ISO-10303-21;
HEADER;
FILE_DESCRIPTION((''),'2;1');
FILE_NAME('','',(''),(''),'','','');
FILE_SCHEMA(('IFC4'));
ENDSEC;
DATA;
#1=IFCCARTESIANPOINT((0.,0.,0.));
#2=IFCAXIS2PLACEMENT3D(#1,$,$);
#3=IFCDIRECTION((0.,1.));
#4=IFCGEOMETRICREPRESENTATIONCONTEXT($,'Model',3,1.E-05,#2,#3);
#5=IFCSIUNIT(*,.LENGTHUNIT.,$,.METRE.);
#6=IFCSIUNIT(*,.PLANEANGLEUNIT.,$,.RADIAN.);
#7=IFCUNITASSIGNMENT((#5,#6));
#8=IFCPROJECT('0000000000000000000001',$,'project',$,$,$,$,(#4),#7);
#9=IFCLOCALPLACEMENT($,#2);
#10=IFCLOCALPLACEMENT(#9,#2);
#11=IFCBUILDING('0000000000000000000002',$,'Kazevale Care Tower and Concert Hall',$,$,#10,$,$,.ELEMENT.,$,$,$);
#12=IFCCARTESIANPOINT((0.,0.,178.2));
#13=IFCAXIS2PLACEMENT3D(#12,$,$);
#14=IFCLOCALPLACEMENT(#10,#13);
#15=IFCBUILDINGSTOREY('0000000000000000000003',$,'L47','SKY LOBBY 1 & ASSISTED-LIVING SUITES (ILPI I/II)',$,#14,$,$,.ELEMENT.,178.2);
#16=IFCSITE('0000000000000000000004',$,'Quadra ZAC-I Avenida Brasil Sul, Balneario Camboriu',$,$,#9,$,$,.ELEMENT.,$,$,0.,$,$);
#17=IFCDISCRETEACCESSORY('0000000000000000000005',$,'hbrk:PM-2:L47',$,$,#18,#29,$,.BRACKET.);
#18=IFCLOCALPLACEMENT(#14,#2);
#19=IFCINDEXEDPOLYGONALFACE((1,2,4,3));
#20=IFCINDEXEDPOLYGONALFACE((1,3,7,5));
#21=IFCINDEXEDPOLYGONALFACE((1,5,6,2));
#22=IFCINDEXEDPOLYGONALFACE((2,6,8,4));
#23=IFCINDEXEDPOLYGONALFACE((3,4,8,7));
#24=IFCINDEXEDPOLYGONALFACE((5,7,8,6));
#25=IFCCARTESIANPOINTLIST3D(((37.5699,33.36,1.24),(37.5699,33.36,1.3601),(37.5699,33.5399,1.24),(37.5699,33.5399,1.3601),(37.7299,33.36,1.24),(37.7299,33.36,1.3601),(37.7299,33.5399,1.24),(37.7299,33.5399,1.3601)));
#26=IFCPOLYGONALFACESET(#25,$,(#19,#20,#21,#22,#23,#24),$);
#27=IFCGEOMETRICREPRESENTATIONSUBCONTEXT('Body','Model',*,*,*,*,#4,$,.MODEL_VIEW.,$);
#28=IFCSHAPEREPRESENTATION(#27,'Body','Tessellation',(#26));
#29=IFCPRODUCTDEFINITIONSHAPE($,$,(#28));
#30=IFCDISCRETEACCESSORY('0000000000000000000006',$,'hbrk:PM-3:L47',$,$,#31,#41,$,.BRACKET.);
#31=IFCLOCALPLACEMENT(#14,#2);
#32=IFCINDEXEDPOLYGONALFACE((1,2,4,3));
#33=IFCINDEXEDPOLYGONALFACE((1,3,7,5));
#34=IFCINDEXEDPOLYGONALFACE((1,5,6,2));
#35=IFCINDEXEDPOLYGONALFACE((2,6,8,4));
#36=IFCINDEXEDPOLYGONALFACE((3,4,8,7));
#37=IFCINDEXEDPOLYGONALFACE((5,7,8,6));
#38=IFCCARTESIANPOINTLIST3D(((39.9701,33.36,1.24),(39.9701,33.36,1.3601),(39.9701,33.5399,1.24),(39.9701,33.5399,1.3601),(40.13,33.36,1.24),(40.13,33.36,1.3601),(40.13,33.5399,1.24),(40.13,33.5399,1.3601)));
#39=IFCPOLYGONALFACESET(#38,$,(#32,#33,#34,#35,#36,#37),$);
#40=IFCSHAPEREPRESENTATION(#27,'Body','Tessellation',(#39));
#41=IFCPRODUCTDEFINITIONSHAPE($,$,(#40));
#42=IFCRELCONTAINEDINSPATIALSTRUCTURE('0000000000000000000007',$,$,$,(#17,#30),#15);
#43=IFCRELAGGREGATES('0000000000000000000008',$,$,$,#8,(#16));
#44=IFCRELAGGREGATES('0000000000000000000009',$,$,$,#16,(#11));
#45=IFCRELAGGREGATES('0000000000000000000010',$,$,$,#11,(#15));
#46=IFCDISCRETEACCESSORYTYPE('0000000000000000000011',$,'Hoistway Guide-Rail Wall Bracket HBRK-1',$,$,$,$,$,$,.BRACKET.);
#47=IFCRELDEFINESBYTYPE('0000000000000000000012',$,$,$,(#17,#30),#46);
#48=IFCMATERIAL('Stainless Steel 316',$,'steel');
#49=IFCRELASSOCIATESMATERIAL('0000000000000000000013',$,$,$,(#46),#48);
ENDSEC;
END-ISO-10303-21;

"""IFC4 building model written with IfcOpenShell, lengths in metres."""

from ifc_helpers import new_model, si_unit, direction, frame, origin, origin_2d, place, context, subcontext, project, spatial, rectangle, extrude, material, type_object, element, save


model = new_model("IFC4")

# Units and contexts
model_context = context("Model", 3, precision=1e-05, world=origin(), true_north=direction((0.0, 1.0)))
body_context = subcontext(model_context, "Body", "Model", "MODEL_VIEW")
ifc_project = project(units=[si_unit("LENGTHUNIT", "METRE"), si_unit("PLANEANGLEUNIT", "RADIAN")], contexts=[model_context])

# Site, building, storey
site_placement = place(None, origin())
site = spatial("IfcSite", under=ifc_project, at=site_placement, Name="Quadra ZAC-I Avenida Brasil Sul, Balneario Camboriu", CompositionType="ELEMENT", RefElevation=0.0)
building_placement = place(site_placement, origin())
building = spatial("IfcBuilding", under=site, at=building_placement, Name="Kazevale Care Tower and Concert Hall", CompositionType="ELEMENT")
storey_placement = place(building_placement, frame((0.0, 0.0, 178.2)))
storey = spatial("IfcBuildingStorey", under=building, at=storey_placement, Name="L47", Description="SKY LOBBY 1 & ASSISTED-LIVING SUITES (ILPI I/II)", CompositionType="ELEMENT", Elevation=178.2)

# Discrete accessories
ifc_material_1 = material(Name="Stainless Steel 316", Category="steel")
discrete_accessory_type = type_object("IfcDiscreteAccessoryType", Name="Hoistway Guide-Rail Wall Bracket HBRK-1", PredefinedType="BRACKET", material=ifc_material_1)
for number, where, z_axis, x_axis, name in (
    (1, (37.6499, 33.45, 1.24), (0.0, 0.0, 1.0), (1.0, 0.0, 0.0), "hbrk:PM-2:L47"),
    (2, (40.05, 33.45, 1.24), (0.0, 0.0, 1.0), (1.0, 0.0, 0.0), "hbrk:PM-3:L47"),
):
    element("IfcDiscreteAccessory", number, at=place(storey_placement, frame(where, z_axis=z_axis, x_axis=x_axis)), inside=storey, type_object=discrete_accessory_type, Name=name, PredefinedType="BRACKET", context=body_context, shape_type="SweptSolid", body=[
        extrude(rectangle(XDim=0.1599, YDim=0.1799, at=origin_2d()), origin(), (0.0, 0.0, 1.0), 0.1201),
    ])

save(model, "model.ifc")
